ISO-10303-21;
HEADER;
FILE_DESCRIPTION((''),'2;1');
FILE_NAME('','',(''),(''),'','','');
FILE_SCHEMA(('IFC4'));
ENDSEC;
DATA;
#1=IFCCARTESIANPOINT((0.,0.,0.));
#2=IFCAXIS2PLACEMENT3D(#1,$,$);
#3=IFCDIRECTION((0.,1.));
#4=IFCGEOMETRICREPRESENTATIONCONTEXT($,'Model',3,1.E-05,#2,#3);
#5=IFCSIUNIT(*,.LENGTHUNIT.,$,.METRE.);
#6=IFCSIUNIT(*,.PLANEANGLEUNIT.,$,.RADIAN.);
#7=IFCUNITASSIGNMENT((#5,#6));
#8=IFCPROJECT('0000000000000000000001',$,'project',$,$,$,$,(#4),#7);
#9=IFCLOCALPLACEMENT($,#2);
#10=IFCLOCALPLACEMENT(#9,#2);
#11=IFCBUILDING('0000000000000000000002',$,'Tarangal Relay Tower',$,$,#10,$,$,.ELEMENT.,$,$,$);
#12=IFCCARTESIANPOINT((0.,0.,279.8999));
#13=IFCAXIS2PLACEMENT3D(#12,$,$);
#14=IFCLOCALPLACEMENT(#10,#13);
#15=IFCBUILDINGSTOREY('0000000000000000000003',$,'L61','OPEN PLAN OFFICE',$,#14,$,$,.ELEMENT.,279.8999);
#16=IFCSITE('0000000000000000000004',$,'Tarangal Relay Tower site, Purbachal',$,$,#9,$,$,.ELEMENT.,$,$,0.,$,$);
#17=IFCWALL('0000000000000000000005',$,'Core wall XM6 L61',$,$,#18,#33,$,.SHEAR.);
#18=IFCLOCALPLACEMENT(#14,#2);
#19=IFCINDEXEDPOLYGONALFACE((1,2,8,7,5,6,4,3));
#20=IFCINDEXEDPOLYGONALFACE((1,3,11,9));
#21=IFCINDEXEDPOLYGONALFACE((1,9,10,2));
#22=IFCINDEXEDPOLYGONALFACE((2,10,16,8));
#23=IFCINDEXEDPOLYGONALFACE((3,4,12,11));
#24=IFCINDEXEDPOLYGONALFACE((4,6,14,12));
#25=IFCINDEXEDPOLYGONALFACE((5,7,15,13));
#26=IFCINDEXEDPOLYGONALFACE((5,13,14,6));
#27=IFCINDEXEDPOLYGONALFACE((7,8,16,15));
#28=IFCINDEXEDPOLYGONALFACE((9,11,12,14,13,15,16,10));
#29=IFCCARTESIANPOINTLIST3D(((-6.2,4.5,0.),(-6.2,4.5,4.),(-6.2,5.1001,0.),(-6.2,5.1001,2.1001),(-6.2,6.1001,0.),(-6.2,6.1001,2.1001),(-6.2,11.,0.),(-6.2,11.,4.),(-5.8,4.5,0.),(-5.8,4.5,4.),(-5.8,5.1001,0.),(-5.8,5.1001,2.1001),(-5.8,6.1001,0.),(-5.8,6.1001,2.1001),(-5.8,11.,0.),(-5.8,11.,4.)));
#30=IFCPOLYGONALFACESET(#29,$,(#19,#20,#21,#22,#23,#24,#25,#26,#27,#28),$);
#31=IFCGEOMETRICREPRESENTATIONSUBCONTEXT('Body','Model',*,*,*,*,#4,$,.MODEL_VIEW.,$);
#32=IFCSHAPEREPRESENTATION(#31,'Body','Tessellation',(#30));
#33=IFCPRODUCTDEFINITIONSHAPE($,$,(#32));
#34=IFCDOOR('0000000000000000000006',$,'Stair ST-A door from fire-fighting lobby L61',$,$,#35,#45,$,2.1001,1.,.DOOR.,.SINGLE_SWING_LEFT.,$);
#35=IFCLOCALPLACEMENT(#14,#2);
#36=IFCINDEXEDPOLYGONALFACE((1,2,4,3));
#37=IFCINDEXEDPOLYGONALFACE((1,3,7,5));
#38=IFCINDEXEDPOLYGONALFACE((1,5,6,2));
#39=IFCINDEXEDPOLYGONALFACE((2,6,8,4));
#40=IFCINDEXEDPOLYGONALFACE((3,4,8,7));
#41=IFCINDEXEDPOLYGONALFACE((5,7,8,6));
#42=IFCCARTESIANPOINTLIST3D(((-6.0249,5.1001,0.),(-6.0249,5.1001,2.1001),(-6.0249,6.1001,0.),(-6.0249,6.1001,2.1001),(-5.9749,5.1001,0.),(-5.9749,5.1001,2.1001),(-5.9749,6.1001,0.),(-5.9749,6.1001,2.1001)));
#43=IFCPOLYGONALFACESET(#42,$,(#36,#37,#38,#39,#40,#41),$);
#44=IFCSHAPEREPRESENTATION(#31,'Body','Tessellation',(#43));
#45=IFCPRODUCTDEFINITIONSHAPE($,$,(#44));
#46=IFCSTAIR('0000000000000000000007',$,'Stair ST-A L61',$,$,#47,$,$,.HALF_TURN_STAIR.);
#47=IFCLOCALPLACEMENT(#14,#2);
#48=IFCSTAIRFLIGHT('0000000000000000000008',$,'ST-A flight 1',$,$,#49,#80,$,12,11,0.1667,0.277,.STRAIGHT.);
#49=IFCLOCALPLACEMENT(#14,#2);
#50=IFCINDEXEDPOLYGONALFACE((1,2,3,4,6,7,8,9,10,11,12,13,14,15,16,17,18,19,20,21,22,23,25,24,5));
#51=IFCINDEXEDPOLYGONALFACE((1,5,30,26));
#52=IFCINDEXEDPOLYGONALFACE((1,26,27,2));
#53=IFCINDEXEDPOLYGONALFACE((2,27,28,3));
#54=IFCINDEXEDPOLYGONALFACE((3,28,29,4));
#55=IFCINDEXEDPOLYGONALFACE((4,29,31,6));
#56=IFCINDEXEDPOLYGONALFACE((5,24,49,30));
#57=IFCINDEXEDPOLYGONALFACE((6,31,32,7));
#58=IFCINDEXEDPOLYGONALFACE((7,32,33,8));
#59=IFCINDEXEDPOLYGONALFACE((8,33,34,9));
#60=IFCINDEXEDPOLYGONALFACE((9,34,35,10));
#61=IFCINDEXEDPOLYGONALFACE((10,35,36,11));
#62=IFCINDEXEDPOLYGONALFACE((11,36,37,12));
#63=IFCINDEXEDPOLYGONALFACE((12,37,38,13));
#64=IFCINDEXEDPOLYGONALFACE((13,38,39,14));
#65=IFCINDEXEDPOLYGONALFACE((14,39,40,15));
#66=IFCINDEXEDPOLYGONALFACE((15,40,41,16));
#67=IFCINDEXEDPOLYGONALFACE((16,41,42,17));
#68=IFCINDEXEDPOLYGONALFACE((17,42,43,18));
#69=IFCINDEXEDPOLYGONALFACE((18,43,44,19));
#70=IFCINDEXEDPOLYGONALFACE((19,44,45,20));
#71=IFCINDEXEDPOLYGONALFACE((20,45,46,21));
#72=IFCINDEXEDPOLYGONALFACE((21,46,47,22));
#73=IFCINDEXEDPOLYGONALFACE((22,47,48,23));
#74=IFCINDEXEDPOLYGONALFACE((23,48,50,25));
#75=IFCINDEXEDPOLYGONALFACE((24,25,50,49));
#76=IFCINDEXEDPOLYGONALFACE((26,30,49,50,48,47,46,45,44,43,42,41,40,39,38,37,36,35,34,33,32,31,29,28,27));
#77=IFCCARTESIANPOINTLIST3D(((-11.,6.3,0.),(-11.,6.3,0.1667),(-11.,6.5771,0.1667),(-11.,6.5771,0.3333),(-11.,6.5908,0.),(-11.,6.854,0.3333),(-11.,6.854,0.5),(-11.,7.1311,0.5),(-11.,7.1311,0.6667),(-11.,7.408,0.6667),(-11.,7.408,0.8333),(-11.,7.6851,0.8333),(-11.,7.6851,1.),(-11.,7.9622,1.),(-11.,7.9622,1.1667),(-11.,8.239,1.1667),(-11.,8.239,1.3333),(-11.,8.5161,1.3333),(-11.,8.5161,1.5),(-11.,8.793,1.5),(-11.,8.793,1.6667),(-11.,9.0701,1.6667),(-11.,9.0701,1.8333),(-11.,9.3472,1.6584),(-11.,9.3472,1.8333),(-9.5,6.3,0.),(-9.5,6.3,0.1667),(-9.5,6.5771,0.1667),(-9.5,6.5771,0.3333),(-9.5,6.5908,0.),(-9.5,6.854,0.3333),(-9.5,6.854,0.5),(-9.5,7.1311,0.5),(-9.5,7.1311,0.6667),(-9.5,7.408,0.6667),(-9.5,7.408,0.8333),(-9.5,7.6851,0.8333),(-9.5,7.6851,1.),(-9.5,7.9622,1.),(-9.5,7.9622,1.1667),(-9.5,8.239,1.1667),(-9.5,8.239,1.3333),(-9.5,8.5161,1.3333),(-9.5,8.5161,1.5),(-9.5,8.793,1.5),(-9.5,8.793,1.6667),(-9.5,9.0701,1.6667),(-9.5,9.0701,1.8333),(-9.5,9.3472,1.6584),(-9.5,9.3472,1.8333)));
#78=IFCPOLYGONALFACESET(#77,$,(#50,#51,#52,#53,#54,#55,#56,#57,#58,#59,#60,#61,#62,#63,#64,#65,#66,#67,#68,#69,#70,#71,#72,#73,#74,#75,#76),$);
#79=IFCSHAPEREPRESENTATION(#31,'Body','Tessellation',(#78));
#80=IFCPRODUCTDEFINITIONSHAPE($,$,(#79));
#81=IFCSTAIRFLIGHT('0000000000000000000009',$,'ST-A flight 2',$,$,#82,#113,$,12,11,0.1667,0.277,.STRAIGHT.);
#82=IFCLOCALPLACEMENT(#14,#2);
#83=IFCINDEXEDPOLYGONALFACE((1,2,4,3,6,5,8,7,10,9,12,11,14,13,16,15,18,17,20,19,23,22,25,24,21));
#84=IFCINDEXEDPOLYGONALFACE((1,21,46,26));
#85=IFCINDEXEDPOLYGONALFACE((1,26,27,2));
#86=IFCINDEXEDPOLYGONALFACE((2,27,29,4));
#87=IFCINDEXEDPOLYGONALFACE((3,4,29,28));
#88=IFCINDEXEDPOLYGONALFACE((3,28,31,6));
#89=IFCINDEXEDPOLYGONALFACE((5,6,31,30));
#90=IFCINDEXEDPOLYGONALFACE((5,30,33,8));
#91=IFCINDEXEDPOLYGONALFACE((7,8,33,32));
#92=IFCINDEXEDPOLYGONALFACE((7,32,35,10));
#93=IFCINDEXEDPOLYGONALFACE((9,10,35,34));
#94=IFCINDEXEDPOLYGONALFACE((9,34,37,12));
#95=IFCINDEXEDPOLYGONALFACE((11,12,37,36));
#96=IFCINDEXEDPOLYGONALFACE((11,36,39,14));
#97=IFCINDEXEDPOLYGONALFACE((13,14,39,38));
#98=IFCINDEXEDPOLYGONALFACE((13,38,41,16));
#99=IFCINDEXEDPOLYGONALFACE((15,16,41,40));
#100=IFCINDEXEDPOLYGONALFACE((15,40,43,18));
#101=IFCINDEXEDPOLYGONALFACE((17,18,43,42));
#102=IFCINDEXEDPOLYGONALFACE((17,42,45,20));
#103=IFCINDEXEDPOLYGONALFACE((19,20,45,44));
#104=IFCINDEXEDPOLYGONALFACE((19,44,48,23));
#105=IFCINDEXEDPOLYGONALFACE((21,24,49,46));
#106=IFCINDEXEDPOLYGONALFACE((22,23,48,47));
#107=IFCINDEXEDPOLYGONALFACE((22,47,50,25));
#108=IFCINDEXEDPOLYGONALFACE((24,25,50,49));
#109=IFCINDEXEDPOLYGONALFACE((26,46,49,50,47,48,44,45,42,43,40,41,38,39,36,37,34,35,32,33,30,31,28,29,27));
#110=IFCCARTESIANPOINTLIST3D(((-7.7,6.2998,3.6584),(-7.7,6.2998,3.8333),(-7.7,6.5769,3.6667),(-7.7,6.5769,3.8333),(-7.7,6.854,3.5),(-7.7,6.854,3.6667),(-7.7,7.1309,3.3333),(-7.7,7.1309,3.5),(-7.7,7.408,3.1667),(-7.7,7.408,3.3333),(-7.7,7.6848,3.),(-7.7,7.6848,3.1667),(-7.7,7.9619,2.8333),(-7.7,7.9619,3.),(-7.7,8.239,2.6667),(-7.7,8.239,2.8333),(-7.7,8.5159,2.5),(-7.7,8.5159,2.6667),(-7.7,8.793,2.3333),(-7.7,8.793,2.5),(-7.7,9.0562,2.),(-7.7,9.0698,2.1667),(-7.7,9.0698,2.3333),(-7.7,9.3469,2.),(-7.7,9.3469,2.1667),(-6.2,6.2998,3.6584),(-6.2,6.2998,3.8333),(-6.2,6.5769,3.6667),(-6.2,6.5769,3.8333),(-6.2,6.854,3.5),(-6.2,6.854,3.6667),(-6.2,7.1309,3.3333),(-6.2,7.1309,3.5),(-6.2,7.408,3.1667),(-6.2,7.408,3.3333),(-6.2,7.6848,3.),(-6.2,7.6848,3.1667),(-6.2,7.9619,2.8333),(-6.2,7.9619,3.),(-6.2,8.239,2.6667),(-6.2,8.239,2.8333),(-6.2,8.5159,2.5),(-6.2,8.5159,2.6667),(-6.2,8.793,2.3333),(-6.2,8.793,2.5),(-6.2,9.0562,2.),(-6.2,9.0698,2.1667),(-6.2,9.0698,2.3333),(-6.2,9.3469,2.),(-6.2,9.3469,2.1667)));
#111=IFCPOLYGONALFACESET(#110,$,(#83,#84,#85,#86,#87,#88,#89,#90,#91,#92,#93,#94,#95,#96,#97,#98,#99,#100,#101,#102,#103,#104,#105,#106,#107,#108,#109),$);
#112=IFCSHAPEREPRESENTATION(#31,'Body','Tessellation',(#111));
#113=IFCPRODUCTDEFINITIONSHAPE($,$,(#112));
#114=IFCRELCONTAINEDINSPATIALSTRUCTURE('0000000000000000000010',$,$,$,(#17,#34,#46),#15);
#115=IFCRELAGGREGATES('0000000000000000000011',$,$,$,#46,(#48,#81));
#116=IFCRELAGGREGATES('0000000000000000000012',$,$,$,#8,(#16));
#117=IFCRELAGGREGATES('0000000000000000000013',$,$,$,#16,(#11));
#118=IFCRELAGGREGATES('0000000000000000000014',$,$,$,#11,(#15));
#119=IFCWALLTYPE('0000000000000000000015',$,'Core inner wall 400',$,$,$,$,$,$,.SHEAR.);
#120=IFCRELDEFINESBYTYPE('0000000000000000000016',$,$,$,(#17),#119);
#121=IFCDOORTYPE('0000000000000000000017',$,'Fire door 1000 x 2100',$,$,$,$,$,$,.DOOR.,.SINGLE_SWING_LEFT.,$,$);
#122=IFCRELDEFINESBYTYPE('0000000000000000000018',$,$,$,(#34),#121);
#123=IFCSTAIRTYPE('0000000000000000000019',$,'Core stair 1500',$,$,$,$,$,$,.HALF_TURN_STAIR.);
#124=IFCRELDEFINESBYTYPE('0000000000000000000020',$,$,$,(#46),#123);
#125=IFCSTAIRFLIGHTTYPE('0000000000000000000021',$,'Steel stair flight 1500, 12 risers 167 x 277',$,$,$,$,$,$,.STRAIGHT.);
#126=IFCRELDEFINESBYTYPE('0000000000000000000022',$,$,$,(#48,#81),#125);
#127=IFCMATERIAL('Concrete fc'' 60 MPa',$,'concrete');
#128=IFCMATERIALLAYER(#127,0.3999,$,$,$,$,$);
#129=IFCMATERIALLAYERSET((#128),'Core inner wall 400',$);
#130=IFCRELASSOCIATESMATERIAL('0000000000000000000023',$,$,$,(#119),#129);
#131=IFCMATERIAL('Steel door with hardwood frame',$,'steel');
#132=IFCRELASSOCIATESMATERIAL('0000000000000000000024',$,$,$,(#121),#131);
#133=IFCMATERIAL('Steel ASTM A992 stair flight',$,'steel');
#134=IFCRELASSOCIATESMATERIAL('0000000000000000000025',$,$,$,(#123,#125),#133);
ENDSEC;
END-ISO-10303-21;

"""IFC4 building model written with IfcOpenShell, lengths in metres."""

from ifc_helpers import new_model, si_unit, direction, frame, frame_2d, origin, place, context, subcontext, project, spatial, polyline, rectangle, outline, extrude, material, layer, layer_set, type_object, element, fill, aggregate, save


model = new_model("IFC4")

# Units and contexts
model_context = context("Model", 3, precision=1e-05, world=origin(), true_north=direction((0.0, 1.0)))
body_context = subcontext(model_context, "Body", "Model", "MODEL_VIEW")
ifc_project = project(units=[si_unit("LENGTHUNIT", "METRE"), si_unit("PLANEANGLEUNIT", "RADIAN")], contexts=[model_context])

# Site, building, storey
site_placement = place(None, origin())
site = spatial("IfcSite", under=ifc_project, at=site_placement, Name="Tarangal Relay Tower site, Purbachal", CompositionType="ELEMENT", RefElevation=0.0)
building_placement = place(site_placement, origin())
building = spatial("IfcBuilding", under=site, at=building_placement, Name="Tarangal Relay Tower", CompositionType="ELEMENT")
storey_placement = place(building_placement, frame((0.0, 0.0, 279.8999)))
storey = spatial("IfcBuildingStorey", under=building, at=storey_placement, Name="L61", Description="OPEN PLAN OFFICE", CompositionType="ELEMENT", Elevation=279.8999)

# Shared definitions
ifc_material_1 = material(Name="Concrete fc' 60 MPa", Category="concrete")
ifc_layer = layer(ifc_material_1, 0.3999)
ifc_layer_set = layer_set([ifc_layer], Name="Core inner wall 400")
wall_type = type_object("IfcWallType", Name="Core inner wall 400", PredefinedType="SHEAR", material=ifc_layer_set)
ifc_material_2 = material(Name="Steel door with hardwood frame", Category="steel")

# Wall, opening, door
wall_1_placement = place(storey_placement, frame((-6.0, 4.5, 0.0), z_axis=(0.0, 0.0, 1.0), x_axis=(0.0, 1.0, 0.0)))
wall_1 = element("IfcWall", 1, at=wall_1_placement, inside=storey, type_object=wall_type, Name="Core wall XM6 L61", PredefinedType="SHEAR", context=body_context, shape_type="SweptSolid", body=[
    extrude(rectangle(XDim=6.5, YDim=0.3999, at=frame_2d((3.25, 0.0))), origin(), (0.0, 0.0, 1.0), 4.0),
])
opening_1_placement = place(wall_1_placement, frame((0.6001, 0.0, 0.0)))
opening_1 = element("IfcOpeningElement", 2, at=opening_1_placement, cuts=wall_1, PredefinedType="OPENING", context=body_context, shape_type="SweptSolid", body=[
    extrude(rectangle(XDim=1.0, YDim=2.1001, at=frame_2d((0.5, 1.05))), frame((0.0, 0.21, 0.0), z_axis=(0.0, -1.0, 0.0), x_axis=(1.0, 0.0, 0.0)), (0.0, 0.0, 1.0), 0.4199),
])
door_type_1 = type_object("IfcDoorType", Name="Fire door 1000 x 2100", OperationType="SINGLE_SWING_LEFT", PredefinedType="DOOR", material=ifc_material_2)
door_1_placement = place(opening_1_placement, origin())
door_1 = element("IfcDoor", 3, at=door_1_placement, inside=storey, type_object=door_type_1, Name="Stair ST-A door from fire-fighting lobby L61", OperationType="SINGLE_SWING_LEFT", OverallHeight=2.1001, OverallWidth=1.0, PredefinedType="DOOR", context=body_context, shape_type="SweptSolid", body=[
    extrude(rectangle(XDim=1.0, YDim=2.1001, at=frame_2d((0.5, 1.05))), frame((0.0, 0.0249, 0.0), z_axis=(0.0, -1.0, 0.0), x_axis=(1.0, 0.0, 0.0)), (0.0, 0.0, 1.0), 0.05),
])
fill(opening_1, door_1)

# Stair, stair flights
ifc_material_3 = material(Name="Steel ASTM A992 stair flight", Category="steel")
stair_type = type_object("IfcStairType", Name="Core stair 1500", PredefinedType="HALF_TURN_STAIR", material=ifc_material_3)
stair_placement = place(storey_placement, origin())
stair = element("IfcStair", 4, at=stair_placement, inside=storey, type_object=stair_type, Name="Stair ST-A L61", PredefinedType="HALF_TURN_STAIR")
stair_flight_type = type_object("IfcStairFlightType", Name="Steel stair flight 1500, 12 risers 167 x 277", PredefinedType="STRAIGHT", material=ifc_material_3)
stair_flight_1_placement = place(storey_placement, frame((-10.25, 6.3, 0.0), z_axis=(0.0, 0.0, 1.0), x_axis=(0.0, 1.0, 0.0)))
stair_flight_1 = element("IfcStairFlight", 5, at=stair_flight_1_placement, type_object=stair_flight_type, Name="ST-A flight 1", NumberOfRisers=12, NumberOfTreads=11, PredefinedType="STRAIGHT", RiserHeight=0.1667, TreadLength=0.277, context=body_context, shape_type="SweptSolid", body=[
    extrude(outline(polyline([(0.0, 0.0), (0.0, 0.1667), (0.2771, 0.1667), (0.2771, 0.3333), (0.554, 0.3333), (0.554, 0.5), (0.8311, 0.5), (0.8311, 0.6667), (1.1079, 0.6667), (1.1079, 0.8333), (1.385, 0.8333), (1.385, 1.0), (1.6621, 1.0), (1.6621, 1.1667), (1.939, 1.1667), (1.939, 1.3333), (2.2161, 1.3333), (2.2161, 1.5), (2.4929, 1.5), (2.4929, 1.6667), (2.77, 1.6667), (2.77, 1.8333), (3.0471, 1.8333), (3.0471, 2.0), (3.0471, 1.6584), (0.2908, 0.0), (0.0, 0.0)])), frame((0.0, 0.75, 0.0), z_axis=(0.0, -1.0, 0.0), x_axis=(1.0, 0.0, 0.0)), (0.0, 0.0, 1.0), 1.5),
])
stair_flight_2_placement = place(storey_placement, frame((-6.95, 9.3469, 2.0), z_axis=(0.0, 0.0, 1.0), x_axis=(0.0, -1.0, 0.0)))
stair_flight_2 = element("IfcStairFlight", 6, at=stair_flight_2_placement, type_object=stair_flight_type, Name="ST-A flight 2", NumberOfRisers=12, NumberOfTreads=11, PredefinedType="STRAIGHT", RiserHeight=0.1667, TreadLength=0.277, context=body_context, shape_type="SweptSolid", body=[
    extrude(outline(polyline([(0.0, 0.0), (0.0, 0.1667), (0.2771, 0.1667), (0.2771, 0.3333), (0.554, 0.3333), (0.554, 0.5), (0.8311, 0.5), (0.8311, 0.6667), (1.1079, 0.6667), (1.1079, 0.8333), (1.385, 0.8333), (1.385, 1.0), (1.6621, 1.0), (1.6621, 1.1667), (1.939, 1.1667), (1.939, 1.3333), (2.2161, 1.3333), (2.2161, 1.5), (2.4929, 1.5), (2.4929, 1.6667), (2.77, 1.6667), (2.77, 1.8333), (3.0471, 1.8333), (3.0471, 2.0), (3.0471, 1.6584), (0.2908, 0.0), (0.0, 0.0)])), frame((0.0, 0.75, 0.0), z_axis=(0.0, -1.0, 0.0), x_axis=(1.0, 0.0, 0.0)), (0.0, 0.0, 1.0), 1.5),
])
aggregate(stair, [stair_flight_1, stair_flight_2])

save(model, "model.ifc")
